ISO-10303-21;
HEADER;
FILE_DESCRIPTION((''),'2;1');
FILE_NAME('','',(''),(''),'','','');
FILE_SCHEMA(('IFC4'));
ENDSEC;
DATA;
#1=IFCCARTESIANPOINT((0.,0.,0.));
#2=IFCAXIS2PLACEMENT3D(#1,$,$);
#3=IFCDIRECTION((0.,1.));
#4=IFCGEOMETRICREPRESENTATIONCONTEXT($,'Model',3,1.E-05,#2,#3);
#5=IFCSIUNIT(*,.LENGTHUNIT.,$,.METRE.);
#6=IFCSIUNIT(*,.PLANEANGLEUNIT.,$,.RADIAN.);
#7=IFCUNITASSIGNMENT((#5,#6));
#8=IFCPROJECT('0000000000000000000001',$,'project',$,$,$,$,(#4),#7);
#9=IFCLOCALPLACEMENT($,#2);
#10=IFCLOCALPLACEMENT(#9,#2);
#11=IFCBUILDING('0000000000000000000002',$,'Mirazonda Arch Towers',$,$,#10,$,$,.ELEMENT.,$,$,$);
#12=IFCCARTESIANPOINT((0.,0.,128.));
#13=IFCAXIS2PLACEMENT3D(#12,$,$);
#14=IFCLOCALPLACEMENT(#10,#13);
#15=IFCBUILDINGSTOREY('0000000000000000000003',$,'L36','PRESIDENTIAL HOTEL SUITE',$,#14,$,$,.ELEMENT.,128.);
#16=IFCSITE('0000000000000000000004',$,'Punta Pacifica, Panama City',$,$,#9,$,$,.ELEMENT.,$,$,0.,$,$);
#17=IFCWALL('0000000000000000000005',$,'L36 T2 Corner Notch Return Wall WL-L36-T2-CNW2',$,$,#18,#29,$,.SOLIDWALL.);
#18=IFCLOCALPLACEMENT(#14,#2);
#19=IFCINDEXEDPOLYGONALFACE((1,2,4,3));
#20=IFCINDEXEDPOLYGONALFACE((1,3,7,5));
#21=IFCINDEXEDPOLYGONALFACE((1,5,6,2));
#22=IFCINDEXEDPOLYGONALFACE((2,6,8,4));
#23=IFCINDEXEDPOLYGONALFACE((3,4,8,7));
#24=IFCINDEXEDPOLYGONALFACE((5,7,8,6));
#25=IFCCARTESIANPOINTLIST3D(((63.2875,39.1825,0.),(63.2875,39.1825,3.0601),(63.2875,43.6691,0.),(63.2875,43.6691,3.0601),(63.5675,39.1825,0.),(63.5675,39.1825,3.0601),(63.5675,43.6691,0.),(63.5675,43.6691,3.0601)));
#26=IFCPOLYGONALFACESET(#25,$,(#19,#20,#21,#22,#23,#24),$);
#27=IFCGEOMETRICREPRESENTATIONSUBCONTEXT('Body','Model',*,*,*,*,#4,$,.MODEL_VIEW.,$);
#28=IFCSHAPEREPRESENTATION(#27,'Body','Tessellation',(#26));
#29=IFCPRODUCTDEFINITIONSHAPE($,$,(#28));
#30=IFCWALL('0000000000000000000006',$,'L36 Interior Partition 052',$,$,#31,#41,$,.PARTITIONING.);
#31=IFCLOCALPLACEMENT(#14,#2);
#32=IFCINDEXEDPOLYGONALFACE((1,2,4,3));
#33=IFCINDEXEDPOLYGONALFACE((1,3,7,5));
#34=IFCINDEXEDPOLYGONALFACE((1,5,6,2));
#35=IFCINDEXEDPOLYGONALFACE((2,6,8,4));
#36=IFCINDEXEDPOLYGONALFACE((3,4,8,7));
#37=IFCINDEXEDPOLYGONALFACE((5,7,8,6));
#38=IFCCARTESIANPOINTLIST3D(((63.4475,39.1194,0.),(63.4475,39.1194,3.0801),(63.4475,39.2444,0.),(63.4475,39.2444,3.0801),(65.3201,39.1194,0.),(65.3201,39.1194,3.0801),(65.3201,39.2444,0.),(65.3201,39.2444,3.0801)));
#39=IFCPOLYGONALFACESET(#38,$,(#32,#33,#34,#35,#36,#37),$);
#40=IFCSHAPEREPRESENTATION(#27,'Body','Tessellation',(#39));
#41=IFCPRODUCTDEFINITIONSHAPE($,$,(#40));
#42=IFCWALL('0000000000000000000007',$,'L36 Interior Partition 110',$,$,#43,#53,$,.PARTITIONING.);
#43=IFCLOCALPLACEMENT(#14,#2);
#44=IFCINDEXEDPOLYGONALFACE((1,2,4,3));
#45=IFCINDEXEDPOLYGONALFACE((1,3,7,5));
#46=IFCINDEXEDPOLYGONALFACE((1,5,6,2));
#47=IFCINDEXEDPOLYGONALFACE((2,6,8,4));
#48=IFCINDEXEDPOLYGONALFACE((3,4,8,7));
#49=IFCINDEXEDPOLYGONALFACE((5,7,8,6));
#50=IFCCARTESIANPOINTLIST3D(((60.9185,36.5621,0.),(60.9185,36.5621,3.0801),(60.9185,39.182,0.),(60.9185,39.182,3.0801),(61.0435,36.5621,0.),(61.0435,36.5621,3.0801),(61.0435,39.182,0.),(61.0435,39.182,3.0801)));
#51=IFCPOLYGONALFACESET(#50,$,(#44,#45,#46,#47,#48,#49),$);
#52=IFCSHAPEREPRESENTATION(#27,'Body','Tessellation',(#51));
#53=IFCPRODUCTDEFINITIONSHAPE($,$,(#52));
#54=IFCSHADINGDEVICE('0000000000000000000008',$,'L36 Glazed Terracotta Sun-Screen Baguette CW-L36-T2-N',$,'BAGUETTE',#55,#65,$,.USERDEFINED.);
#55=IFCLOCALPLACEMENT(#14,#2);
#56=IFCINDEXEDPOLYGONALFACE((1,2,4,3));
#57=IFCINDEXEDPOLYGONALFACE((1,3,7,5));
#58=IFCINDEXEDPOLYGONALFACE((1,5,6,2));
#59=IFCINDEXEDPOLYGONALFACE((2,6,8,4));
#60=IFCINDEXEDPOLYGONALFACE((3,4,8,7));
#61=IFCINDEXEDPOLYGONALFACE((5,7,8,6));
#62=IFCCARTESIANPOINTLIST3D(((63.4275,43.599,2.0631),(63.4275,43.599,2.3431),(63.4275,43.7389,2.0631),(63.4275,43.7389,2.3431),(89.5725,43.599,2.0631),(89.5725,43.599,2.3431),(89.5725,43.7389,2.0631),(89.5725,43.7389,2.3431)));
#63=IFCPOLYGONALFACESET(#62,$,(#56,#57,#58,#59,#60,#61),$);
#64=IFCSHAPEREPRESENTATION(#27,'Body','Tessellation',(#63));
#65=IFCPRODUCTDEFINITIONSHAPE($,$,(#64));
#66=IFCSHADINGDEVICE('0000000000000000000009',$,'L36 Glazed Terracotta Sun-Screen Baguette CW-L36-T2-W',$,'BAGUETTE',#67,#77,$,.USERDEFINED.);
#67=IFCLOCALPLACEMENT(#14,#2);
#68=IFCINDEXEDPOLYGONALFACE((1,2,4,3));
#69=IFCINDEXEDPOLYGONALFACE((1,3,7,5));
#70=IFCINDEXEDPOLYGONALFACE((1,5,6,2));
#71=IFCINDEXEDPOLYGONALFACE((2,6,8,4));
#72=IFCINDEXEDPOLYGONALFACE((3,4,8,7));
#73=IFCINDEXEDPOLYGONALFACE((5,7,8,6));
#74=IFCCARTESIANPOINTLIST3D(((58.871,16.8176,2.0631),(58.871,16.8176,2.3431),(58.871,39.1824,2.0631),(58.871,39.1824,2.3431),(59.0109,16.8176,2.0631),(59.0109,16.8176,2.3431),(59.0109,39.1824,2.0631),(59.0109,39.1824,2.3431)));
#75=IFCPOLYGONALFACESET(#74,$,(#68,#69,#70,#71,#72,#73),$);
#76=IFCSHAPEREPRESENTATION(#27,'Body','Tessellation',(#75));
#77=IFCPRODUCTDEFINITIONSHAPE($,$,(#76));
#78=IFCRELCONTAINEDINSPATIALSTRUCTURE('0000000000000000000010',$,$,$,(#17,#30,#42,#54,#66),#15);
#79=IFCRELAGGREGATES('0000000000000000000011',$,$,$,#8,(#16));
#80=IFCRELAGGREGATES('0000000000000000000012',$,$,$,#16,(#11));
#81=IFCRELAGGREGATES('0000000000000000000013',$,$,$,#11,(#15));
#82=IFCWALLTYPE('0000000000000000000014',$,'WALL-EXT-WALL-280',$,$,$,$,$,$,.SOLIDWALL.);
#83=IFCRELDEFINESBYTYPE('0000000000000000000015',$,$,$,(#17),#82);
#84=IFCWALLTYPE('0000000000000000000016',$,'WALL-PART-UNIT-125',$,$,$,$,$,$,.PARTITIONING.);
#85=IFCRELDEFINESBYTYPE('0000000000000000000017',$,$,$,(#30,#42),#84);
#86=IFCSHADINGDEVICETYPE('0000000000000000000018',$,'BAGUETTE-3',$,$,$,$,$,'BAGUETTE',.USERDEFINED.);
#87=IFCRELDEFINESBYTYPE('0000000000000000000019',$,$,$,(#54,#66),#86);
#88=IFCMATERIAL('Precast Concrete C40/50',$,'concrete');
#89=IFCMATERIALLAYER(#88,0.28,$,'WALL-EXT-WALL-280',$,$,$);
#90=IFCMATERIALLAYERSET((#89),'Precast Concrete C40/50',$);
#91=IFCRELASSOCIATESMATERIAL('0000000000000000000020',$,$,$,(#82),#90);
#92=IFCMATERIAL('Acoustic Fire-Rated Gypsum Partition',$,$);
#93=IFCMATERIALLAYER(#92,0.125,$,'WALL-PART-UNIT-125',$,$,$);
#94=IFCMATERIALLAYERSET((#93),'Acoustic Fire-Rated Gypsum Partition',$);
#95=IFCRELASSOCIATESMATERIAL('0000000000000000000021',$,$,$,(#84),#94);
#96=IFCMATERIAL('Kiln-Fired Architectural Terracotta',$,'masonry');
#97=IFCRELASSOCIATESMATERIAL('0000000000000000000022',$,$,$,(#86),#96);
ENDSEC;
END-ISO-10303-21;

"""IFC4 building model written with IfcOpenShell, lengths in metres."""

from ifc_helpers import new_model, si_unit, direction, frame, frame_2d, origin, origin_2d, place, context, subcontext, project, spatial, rectangle, extrude, material, layer, layer_set, material_profile, profile_set, type_object, element, save


model = new_model("IFC4")

# Units and contexts
model_context = context("Model", 3, precision=1e-05, world=origin(), true_north=direction((0.0, 1.0)))
body_context = subcontext(model_context, "Body", "Model", "MODEL_VIEW")
ifc_project = project(units=[si_unit("LENGTHUNIT", "METRE"), si_unit("PLANEANGLEUNIT", "RADIAN")], contexts=[model_context])

# Site, building, storey
site_placement = place(None, origin())
site = spatial("IfcSite", under=ifc_project, at=site_placement, Name="Punta Pacifica, Panama City", CompositionType="ELEMENT", RefElevation=0.0)
building_placement = place(site_placement, origin())
building = spatial("IfcBuilding", under=site, at=building_placement, Name="Mirazonda Arch Towers", CompositionType="ELEMENT")
storey_placement = place(building_placement, frame((0.0, 0.0, 128.0)))
storey = spatial("IfcBuildingStorey", under=building, at=storey_placement, Name="L36", Description="PRESIDENTIAL HOTEL SUITE", CompositionType="ELEMENT", Elevation=128.0)

# Shared definitions
ifc_material_1 = material(Name="Precast Concrete C40/50", Category="concrete")
ifc_layer_1 = layer(ifc_material_1, 0.28, Name="WALL-EXT-WALL-280")
ifc_layer_set_1 = layer_set([ifc_layer_1], Name="Precast Concrete C40/50")
wall_type_1 = type_object("IfcWallType", Name="WALL-EXT-WALL-280", PredefinedType="SOLIDWALL", material=ifc_layer_set_1)

# Wall
wall_1_placement = place(storey_placement, frame((63.4275, 43.6689, 0.0), z_axis=(0.0, 0.0, 1.0), x_axis=(0.0, -1.0, 0.0)))
element("IfcWall", 1, at=wall_1_placement, inside=storey, type_object=wall_type_1, Name="L36 T2 Corner Notch Return Wall WL-L36-T2-CNW2", PredefinedType="SOLIDWALL", context=body_context, shape_type="SweptSolid", body=[
    extrude(rectangle(XDim=4.4866, YDim=0.28, at=frame_2d((2.2432, 0.0))), origin(), (0.0, 0.0, 1.0), 3.0601),
])

# Walls
ifc_material_2 = material(Name="Acoustic Fire-Rated Gypsum Partition")
ifc_layer_2 = layer(ifc_material_2, 0.125, Name="WALL-PART-UNIT-125")
ifc_layer_set_2 = layer_set([ifc_layer_2], Name="Acoustic Fire-Rated Gypsum Partition")
wall_type_2 = type_object("IfcWallType", Name="WALL-PART-UNIT-125", PredefinedType="PARTITIONING", material=ifc_layer_set_2)
wall_2_placement = place(storey_placement, frame((63.4475, 39.1819, 0.0), z_axis=(0.0, 0.0, 1.0), x_axis=(1.0, 0.0, 0.0)))
element("IfcWall", 2, at=wall_2_placement, inside=storey, type_object=wall_type_2, Name="L36 Interior Partition 052", PredefinedType="PARTITIONING", context=body_context, shape_type="SweptSolid", body=[
    extrude(rectangle(XDim=1.8726, YDim=0.125, at=frame_2d((0.9363, 0.0))), origin(), (0.0, 0.0, 1.0), 3.0801),
])
wall_3_placement = place(storey_placement, frame((60.981, 36.562, 0.0), z_axis=(0.0, 0.0, 1.0), x_axis=(0.0, 1.0, 0.0)))
element("IfcWall", 3, at=wall_3_placement, inside=storey, type_object=wall_type_2, Name="L36 Interior Partition 110", PredefinedType="PARTITIONING", context=body_context, shape_type="SweptSolid", body=[
    extrude(rectangle(XDim=2.6199, YDim=0.125, at=frame_2d((1.3101, 0.0))), origin(), (0.0, 0.0, 1.0), 3.0801),
])

# Shading devices
ifc_material_3 = material(Name="Kiln-Fired Architectural Terracotta", Category="masonry")
ifc_material_profile_1 = material_profile(ifc_material_3, rectangle(XDim=0.1399, YDim=0.28, at=origin_2d()), Name="TERRA-BAG-140x280")
ifc_profile_set_1 = profile_set([ifc_material_profile_1], Name="Kiln-Fired Architectural Terracotta")
shading_device_type = type_object("IfcShadingDeviceType", Name="BAGUETTE-3", ElementType="BAGUETTE", PredefinedType="USERDEFINED", material=ifc_profile_set_1)
shading_device_1_placement = place(storey_placement, frame((63.4275, 43.6689, 2.2031), z_axis=(1.0, 0.0, 0.0), x_axis=(0.0, 1.0, 0.0)))
element("IfcShadingDevice", 4, at=shading_device_1_placement, inside=storey, type_object=shading_device_type, Name="L36 Glazed Terracotta Sun-Screen Baguette CW-L36-T2-N", ObjectType="BAGUETTE", PredefinedType="USERDEFINED", context=body_context, shape_type="SweptSolid", body=[
    extrude(rectangle(XDim=0.1399, YDim=0.28, at=origin_2d()), origin(), (0.0, 0.0, 1.0), 26.145),
])
shading_device_2_placement = place(storey_placement, frame((58.9409, 39.1824, 2.2031), z_axis=(0.0, -1.0, 0.0), x_axis=(1.0, 0.0, 0.0)))
element("IfcShadingDevice", 5, at=shading_device_2_placement, inside=storey, type_object=shading_device_type, Name="L36 Glazed Terracotta Sun-Screen Baguette CW-L36-T2-W", ObjectType="BAGUETTE", PredefinedType="USERDEFINED", context=body_context, shape_type="SweptSolid", body=[
    extrude(rectangle(XDim=0.1399, YDim=0.28, at=origin_2d()), origin(), (0.0, 0.0, 1.0), 22.3647),
])

save(model, "model.ifc")
